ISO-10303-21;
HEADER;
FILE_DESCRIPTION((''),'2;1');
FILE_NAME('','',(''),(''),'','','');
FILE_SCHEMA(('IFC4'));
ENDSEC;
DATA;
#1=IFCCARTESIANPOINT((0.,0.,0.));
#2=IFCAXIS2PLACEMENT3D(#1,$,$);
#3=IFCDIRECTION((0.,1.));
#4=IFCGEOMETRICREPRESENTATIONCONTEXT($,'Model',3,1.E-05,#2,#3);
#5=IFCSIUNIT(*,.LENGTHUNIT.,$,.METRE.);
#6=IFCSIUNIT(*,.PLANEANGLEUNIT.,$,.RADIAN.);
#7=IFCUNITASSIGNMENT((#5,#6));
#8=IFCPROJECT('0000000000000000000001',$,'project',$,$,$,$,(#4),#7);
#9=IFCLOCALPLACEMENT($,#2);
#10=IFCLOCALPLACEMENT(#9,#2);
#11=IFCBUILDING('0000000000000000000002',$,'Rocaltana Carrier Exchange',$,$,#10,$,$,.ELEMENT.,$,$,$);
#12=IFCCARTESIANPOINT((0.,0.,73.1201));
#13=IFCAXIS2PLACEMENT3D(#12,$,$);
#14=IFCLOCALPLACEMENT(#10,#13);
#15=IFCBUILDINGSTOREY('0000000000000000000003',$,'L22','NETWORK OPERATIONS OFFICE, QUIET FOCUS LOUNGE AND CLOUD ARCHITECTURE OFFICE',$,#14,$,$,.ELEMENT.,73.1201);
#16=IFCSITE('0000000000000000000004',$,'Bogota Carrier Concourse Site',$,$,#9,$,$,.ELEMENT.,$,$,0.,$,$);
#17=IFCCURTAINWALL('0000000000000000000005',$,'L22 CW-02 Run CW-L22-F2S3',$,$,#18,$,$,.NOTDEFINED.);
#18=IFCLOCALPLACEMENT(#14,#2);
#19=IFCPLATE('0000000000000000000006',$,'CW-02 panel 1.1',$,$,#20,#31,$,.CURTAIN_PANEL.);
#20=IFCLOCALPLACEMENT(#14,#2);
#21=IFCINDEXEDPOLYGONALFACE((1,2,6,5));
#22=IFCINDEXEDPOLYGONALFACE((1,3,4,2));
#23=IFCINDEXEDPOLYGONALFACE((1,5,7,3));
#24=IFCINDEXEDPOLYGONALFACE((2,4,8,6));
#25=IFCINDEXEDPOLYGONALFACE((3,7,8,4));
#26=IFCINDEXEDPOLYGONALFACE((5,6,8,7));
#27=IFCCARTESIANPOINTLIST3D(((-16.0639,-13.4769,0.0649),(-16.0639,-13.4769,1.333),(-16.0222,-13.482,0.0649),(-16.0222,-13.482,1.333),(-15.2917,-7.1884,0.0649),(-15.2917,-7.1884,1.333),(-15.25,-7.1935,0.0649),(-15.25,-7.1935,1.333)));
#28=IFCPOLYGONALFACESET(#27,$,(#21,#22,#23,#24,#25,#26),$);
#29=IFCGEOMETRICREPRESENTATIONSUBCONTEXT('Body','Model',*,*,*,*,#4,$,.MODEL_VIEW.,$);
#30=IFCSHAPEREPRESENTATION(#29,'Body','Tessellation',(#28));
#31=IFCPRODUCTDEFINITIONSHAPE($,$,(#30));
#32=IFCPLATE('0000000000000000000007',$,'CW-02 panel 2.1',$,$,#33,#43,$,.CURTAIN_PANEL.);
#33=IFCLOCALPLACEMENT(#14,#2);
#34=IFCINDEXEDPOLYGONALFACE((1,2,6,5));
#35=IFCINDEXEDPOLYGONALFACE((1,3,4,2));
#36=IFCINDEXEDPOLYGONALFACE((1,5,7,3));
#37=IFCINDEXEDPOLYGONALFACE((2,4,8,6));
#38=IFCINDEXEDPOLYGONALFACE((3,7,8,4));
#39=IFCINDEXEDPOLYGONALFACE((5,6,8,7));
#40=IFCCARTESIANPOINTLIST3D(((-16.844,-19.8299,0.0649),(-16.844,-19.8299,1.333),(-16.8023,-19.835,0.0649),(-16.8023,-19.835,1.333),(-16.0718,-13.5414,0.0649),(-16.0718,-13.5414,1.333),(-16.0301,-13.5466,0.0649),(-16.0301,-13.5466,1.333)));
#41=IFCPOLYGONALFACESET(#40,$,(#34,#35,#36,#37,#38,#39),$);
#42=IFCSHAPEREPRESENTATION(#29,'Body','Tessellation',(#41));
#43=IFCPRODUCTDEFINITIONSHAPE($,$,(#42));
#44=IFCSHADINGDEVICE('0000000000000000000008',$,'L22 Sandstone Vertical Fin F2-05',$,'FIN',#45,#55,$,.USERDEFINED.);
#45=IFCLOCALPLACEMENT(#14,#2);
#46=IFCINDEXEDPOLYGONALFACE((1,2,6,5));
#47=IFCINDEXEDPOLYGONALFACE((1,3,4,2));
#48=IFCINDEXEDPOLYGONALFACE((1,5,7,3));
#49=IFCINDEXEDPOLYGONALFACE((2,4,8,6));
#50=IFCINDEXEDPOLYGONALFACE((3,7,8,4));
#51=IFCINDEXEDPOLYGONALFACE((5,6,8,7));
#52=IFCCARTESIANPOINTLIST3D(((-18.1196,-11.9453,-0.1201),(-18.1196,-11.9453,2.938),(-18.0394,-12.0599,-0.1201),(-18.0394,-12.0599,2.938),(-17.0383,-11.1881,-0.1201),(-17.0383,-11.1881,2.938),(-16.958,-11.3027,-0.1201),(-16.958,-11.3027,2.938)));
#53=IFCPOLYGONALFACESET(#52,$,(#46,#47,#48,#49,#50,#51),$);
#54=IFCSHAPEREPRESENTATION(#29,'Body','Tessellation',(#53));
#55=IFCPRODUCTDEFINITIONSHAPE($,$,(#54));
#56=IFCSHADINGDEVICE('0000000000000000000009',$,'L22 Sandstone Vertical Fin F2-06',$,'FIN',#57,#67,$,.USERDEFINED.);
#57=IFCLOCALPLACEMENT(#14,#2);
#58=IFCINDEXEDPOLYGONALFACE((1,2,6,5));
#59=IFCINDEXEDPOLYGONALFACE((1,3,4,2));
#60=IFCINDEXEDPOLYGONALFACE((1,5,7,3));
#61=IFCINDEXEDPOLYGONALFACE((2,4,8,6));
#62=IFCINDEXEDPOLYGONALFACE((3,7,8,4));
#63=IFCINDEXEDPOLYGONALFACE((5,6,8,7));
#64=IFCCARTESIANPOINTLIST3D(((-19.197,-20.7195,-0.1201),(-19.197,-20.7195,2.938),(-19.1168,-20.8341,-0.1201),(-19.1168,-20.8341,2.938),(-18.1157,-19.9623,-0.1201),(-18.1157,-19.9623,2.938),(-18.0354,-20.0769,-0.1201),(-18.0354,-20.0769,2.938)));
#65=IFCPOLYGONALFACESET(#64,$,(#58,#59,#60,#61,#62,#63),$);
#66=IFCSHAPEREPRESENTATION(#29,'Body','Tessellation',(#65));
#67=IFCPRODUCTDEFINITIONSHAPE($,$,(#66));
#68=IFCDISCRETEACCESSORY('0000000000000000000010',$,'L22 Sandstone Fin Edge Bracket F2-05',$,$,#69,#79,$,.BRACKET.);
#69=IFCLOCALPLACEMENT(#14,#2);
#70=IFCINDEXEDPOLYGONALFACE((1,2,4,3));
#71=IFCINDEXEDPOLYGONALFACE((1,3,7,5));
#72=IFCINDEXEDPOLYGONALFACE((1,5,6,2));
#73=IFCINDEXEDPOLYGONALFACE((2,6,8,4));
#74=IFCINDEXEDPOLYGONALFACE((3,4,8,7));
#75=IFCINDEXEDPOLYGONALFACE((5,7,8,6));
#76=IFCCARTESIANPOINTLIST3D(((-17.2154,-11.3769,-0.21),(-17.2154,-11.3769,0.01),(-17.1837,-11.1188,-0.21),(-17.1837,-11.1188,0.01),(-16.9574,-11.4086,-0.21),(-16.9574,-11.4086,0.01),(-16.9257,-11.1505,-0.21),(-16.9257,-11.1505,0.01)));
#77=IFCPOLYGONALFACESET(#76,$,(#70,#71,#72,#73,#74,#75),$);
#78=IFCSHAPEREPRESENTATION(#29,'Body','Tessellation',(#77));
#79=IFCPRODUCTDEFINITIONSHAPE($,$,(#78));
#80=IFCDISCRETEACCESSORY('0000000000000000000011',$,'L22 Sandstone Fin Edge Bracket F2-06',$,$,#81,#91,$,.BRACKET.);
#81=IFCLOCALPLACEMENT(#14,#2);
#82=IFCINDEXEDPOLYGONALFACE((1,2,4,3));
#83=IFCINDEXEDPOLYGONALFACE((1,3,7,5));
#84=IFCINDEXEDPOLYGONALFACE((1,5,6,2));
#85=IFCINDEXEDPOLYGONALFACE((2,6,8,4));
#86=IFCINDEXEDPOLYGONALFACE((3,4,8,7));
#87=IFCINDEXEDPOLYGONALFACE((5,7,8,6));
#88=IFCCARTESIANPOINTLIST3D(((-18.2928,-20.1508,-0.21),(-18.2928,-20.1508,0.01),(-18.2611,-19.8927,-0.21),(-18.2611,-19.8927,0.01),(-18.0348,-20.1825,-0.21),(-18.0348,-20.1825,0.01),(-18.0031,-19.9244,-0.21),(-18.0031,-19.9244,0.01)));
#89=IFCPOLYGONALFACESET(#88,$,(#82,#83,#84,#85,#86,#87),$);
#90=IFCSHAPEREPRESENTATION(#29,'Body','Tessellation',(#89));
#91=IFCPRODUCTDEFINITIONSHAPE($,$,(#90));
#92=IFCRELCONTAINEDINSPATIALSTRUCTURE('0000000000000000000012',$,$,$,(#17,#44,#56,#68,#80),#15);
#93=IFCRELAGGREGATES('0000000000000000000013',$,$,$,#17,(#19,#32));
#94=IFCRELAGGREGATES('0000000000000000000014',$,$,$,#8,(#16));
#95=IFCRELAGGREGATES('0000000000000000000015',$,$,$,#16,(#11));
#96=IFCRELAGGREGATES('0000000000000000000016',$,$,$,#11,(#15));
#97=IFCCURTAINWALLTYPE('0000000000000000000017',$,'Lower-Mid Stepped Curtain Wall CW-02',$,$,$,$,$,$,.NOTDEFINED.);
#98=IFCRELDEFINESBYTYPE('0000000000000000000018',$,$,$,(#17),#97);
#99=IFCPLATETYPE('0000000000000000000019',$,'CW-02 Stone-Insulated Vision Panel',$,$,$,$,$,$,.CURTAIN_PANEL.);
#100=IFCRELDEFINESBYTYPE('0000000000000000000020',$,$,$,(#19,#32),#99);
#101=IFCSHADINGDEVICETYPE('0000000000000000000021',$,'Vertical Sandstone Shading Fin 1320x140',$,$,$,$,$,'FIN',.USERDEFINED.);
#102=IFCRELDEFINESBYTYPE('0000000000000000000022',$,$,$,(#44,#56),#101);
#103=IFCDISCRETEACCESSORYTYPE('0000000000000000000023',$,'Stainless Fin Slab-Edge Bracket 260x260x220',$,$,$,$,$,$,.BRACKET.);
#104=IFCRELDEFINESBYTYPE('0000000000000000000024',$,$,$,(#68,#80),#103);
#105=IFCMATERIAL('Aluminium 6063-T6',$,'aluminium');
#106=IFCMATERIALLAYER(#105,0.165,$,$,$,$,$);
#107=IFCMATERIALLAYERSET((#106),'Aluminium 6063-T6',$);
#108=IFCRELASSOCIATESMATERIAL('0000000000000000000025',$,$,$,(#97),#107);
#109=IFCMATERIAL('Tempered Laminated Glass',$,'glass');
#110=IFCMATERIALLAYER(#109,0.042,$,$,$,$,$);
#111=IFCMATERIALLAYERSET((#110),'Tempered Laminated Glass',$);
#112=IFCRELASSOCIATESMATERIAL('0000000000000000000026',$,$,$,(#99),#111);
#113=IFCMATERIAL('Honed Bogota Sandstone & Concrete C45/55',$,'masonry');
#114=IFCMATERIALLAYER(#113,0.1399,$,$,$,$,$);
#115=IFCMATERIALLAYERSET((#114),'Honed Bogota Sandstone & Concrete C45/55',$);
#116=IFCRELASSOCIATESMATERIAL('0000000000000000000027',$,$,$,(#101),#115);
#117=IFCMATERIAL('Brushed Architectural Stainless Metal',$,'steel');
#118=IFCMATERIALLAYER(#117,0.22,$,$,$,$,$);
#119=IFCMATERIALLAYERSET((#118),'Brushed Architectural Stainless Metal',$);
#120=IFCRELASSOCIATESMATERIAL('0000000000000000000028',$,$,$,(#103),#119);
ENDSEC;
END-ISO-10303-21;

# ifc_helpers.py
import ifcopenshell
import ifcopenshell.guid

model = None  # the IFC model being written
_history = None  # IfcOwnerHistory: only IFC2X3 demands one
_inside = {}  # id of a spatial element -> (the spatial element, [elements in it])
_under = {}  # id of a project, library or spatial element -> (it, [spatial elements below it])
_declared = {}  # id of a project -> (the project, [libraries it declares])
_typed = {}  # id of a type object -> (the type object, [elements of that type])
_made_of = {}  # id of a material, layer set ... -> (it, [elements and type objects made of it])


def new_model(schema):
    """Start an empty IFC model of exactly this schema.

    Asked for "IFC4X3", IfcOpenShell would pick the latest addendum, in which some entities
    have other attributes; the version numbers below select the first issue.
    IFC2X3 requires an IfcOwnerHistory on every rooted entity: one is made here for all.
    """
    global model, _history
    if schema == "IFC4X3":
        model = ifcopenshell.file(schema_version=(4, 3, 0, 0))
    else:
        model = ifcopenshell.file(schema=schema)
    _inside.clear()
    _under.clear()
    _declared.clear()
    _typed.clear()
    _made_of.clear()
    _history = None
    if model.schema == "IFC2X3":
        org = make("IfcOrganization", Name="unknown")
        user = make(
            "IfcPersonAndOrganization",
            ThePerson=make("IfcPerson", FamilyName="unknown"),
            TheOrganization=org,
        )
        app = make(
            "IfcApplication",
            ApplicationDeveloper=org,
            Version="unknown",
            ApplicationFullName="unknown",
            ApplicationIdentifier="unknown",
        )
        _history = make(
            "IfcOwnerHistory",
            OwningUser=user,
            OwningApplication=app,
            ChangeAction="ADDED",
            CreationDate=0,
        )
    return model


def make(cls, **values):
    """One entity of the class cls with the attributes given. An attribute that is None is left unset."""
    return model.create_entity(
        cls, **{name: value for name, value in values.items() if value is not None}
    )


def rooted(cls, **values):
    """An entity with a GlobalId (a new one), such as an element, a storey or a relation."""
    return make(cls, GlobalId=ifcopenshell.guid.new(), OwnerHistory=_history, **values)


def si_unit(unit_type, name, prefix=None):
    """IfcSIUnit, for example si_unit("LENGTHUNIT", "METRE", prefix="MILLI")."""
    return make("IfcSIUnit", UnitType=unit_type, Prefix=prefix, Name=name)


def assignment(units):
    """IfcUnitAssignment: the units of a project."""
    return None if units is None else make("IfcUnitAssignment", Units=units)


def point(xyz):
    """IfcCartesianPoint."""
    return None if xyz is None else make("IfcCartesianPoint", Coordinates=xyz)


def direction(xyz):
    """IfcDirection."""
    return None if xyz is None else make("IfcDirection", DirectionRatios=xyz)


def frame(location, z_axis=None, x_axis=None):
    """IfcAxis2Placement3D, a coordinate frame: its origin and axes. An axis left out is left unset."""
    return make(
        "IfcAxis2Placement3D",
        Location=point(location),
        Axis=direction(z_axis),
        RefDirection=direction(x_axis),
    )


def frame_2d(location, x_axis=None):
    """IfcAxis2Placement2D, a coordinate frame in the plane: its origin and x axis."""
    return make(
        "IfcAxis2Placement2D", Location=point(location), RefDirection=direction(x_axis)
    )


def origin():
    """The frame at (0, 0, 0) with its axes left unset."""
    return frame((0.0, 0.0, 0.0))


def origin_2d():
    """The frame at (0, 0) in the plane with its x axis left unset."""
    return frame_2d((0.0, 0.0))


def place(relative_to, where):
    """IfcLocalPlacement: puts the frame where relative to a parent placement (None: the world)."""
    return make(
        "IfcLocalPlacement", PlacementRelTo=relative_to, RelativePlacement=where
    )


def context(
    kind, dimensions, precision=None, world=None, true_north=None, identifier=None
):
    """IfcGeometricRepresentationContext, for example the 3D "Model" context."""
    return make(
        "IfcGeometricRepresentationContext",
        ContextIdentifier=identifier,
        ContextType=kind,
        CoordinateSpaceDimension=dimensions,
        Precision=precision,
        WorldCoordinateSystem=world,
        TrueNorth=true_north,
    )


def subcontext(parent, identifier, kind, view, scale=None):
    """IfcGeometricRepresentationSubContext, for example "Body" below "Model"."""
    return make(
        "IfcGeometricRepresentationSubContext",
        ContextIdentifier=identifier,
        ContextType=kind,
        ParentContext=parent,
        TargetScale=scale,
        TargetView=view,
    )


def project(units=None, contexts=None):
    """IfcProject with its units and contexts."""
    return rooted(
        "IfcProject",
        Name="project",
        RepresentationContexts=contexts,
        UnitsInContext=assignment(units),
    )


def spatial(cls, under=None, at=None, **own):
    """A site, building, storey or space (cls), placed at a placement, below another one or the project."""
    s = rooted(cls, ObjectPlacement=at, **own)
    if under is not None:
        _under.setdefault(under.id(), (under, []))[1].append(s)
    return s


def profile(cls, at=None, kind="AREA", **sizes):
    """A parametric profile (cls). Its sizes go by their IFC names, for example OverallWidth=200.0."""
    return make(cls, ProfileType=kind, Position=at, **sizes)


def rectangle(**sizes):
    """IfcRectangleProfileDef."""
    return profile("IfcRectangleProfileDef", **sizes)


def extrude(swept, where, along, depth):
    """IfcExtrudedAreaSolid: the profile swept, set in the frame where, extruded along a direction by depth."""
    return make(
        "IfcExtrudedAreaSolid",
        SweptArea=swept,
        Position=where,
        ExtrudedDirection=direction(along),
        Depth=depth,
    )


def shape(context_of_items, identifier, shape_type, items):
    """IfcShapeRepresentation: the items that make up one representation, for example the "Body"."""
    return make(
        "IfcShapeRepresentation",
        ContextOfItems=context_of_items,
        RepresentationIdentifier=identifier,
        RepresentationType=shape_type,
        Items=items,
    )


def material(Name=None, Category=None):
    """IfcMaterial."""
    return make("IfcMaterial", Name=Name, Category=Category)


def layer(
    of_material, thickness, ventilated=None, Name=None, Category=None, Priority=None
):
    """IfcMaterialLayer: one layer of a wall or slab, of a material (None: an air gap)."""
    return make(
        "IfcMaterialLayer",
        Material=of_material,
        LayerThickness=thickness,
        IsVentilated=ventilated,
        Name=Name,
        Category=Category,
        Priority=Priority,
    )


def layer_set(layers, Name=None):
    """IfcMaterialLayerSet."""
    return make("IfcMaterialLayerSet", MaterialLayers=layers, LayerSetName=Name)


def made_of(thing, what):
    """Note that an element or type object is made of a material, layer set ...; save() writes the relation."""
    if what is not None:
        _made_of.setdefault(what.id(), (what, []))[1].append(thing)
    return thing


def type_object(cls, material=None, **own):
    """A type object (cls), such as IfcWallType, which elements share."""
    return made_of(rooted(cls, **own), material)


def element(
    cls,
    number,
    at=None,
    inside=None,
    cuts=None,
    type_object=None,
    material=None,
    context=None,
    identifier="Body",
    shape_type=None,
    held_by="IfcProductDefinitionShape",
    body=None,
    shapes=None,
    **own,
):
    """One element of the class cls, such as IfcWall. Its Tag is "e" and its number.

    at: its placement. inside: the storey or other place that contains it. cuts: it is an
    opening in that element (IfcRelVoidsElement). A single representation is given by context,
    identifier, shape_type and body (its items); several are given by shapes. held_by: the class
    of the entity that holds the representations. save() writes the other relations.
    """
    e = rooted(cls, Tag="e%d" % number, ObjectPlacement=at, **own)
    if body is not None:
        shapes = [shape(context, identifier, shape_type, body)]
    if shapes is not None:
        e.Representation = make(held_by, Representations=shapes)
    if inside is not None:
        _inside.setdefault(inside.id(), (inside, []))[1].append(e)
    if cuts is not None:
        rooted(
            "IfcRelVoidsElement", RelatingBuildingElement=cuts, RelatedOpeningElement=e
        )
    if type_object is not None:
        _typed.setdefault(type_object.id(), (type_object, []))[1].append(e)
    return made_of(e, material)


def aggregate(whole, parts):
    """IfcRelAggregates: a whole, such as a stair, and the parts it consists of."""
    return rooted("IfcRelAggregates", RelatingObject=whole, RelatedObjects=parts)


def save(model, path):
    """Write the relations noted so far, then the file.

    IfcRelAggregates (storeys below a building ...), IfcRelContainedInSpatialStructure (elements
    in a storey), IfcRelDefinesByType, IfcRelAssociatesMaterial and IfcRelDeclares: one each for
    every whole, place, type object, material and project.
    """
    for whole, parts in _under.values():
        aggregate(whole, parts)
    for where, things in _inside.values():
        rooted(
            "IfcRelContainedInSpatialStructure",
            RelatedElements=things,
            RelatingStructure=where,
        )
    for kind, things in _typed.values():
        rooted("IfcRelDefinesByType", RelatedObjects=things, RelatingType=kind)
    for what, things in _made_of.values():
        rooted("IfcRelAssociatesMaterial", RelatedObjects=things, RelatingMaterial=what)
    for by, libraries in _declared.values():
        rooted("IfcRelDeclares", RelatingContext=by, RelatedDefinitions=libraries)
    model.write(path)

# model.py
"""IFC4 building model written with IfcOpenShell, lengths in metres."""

from ifc_helpers import new_model, si_unit, direction, frame, origin, origin_2d, place, context, subcontext, project, spatial, rectangle, extrude, material, layer, layer_set, type_object, element, aggregate, save


model = new_model("IFC4")

# Units and contexts
model_context = context("Model", 3, precision=1e-05, world=origin(), true_north=direction((0.0, 1.0)))
body_context = subcontext(model_context, "Body", "Model", "MODEL_VIEW")
ifc_project = project(units=[si_unit("LENGTHUNIT", "METRE"), si_unit("PLANEANGLEUNIT", "RADIAN")], contexts=[model_context])

# Site, building, storey
site_placement = place(None, origin())
site = spatial("IfcSite", under=ifc_project, at=site_placement, Name="Bogota Carrier Concourse Site", CompositionType="ELEMENT", RefElevation=0.0)
building_placement = place(site_placement, origin())
building = spatial("IfcBuilding", under=site, at=building_placement, Name="Rocaltana Carrier Exchange", CompositionType="ELEMENT")
storey_placement = place(building_placement, frame((0.0, 0.0, 73.1201)))
storey = spatial("IfcBuildingStorey", under=building, at=storey_placement, Name="L22", Description="NETWORK OPERATIONS OFFICE, QUIET FOCUS LOUNGE AND CLOUD ARCHITECTURE OFFICE", CompositionType="ELEMENT", Elevation=73.1201)

# Curtain wall
ifc_material_1 = material(Name="Aluminium 6063-T6", Category="aluminium")
ifc_layer_1 = layer(ifc_material_1, 0.165)
ifc_layer_set_1 = layer_set([ifc_layer_1], Name="Aluminium 6063-T6")
curtain_wall_type = type_object("IfcCurtainWallType", Name="Lower-Mid Stepped Curtain Wall CW-02", PredefinedType="NOTDEFINED", material=ifc_layer_set_1)
curtain_wall_1_placement = place(storey_placement, origin())
curtain_wall_1 = element("IfcCurtainWall", 1, at=curtain_wall_1_placement, inside=storey, type_object=curtain_wall_type, Name="L22 CW-02 Run CW-L22-F2S3", PredefinedType="NOTDEFINED")

# Plates
ifc_material_2 = material(Name="Tempered Laminated Glass", Category="glass")
ifc_layer_2 = layer(ifc_material_2, 0.042)
ifc_layer_set_2 = layer_set([ifc_layer_2], Name="Tempered Laminated Glass")
plate_type = type_object("IfcPlateType", Name="CW-02 Stone-Insulated Vision Panel", PredefinedType="CURTAIN_PANEL", material=ifc_layer_set_2)
plate_1_placement = place(storey_placement, frame((-15.657, -10.3352, 0.0649), z_axis=(0.0, 0.0, 1.0), x_axis=(-0.121881, -0.992545, 0.0)))
plate_1 = element("IfcPlate", 2, at=plate_1_placement, type_object=plate_type, Name="CW-02 panel 1.1", PredefinedType="CURTAIN_PANEL", context=body_context, shape_type="SweptSolid", body=[
    extrude(rectangle(XDim=6.3357, YDim=0.042, at=origin_2d()), origin(), (0.0, 0.0, 1.0), 1.2681),
])
plate_2_placement = place(storey_placement, frame((-16.437, -16.6882, 0.0649), z_axis=(0.0, 0.0, 1.0), x_axis=(-0.121881, -0.992545, 0.0)))
plate_2 = element("IfcPlate", 3, at=plate_2_placement, type_object=plate_type, Name="CW-02 panel 2.1", PredefinedType="CURTAIN_PANEL", context=body_context, shape_type="SweptSolid", body=[
    extrude(rectangle(XDim=6.3357, YDim=0.042, at=origin_2d()), origin(), (0.0, 0.0, 1.0), 1.2681),
])
aggregate(curtain_wall_1, [plate_1, plate_2])

# Shading devices
ifc_material_3 = material(Name="Honed Bogota Sandstone & Concrete C45/55", Category="masonry")
ifc_layer_3 = layer(ifc_material_3, 0.1399)
ifc_layer_set_3 = layer_set([ifc_layer_3], Name="Honed Bogota Sandstone & Concrete C45/55")
shading_device_type = type_object("IfcShadingDeviceType", Name="Vertical Sandstone Shading Fin 1320x140", ElementType="FIN", PredefinedType="USERDEFINED", material=ifc_layer_set_3)
for number, where, z_axis, x_axis, name in (
    (4, (-17.5388, -11.624, -0.1201), (0.0, 0.0, 1.0), (-0.819152, -0.573576, 0.0), "L22 Sandstone Vertical Fin F2-05"),
    (5, (-18.6162, -20.3982, -0.1201), (0.0, 0.0, 1.0), (-0.819152, -0.573576, 0.0), "L22 Sandstone Vertical Fin F2-06"),
):
    element("IfcShadingDevice", number, at=place(storey_placement, frame(where, z_axis=z_axis, x_axis=x_axis)), inside=storey, type_object=shading_device_type, Name=name, ObjectType="FIN", PredefinedType="USERDEFINED", context=body_context, shape_type="SweptSolid", body=[
        extrude(rectangle(XDim=1.3201, YDim=0.1399, at=origin_2d()), origin(), (0.0, 0.0, 1.0), 3.0581),
    ])

# Discrete accessories
ifc_material_4 = material(Name="Brushed Architectural Stainless Metal", Category="steel")
ifc_layer_4 = layer(ifc_material_4, 0.22)
ifc_layer_set_4 = layer_set([ifc_layer_4], Name="Brushed Architectural Stainless Metal")
discrete_accessory_type = type_object("IfcDiscreteAccessoryType", Name="Stainless Fin Slab-Edge Bracket 260x260x220", PredefinedType="BRACKET", material=ifc_layer_set_4)
for number, where, z_axis, x_axis, name in (
    (6, (-17.0706, -11.2637, -0.21), (0.0, 0.0, 1.0), (-0.121869, -0.992546, 0.0), "L22 Sandstone Fin Edge Bracket F2-05"),
    (7, (-18.1479, -20.0376, -0.21), (0.0, 0.0, 1.0), (-0.121869, -0.992546, 0.0), "L22 Sandstone Fin Edge Bracket F2-06"),
):
    element("IfcDiscreteAccessory", number, at=place(storey_placement, frame(where, z_axis=z_axis, x_axis=x_axis)), inside=storey, type_object=discrete_accessory_type, Name=name, PredefinedType="BRACKET", context=body_context, shape_type="SweptSolid", body=[
        extrude(rectangle(XDim=0.26, YDim=0.26, at=origin_2d()), origin(), (0.0, 0.0, 1.0), 0.22),
    ])

save(model, "model.ifc")
